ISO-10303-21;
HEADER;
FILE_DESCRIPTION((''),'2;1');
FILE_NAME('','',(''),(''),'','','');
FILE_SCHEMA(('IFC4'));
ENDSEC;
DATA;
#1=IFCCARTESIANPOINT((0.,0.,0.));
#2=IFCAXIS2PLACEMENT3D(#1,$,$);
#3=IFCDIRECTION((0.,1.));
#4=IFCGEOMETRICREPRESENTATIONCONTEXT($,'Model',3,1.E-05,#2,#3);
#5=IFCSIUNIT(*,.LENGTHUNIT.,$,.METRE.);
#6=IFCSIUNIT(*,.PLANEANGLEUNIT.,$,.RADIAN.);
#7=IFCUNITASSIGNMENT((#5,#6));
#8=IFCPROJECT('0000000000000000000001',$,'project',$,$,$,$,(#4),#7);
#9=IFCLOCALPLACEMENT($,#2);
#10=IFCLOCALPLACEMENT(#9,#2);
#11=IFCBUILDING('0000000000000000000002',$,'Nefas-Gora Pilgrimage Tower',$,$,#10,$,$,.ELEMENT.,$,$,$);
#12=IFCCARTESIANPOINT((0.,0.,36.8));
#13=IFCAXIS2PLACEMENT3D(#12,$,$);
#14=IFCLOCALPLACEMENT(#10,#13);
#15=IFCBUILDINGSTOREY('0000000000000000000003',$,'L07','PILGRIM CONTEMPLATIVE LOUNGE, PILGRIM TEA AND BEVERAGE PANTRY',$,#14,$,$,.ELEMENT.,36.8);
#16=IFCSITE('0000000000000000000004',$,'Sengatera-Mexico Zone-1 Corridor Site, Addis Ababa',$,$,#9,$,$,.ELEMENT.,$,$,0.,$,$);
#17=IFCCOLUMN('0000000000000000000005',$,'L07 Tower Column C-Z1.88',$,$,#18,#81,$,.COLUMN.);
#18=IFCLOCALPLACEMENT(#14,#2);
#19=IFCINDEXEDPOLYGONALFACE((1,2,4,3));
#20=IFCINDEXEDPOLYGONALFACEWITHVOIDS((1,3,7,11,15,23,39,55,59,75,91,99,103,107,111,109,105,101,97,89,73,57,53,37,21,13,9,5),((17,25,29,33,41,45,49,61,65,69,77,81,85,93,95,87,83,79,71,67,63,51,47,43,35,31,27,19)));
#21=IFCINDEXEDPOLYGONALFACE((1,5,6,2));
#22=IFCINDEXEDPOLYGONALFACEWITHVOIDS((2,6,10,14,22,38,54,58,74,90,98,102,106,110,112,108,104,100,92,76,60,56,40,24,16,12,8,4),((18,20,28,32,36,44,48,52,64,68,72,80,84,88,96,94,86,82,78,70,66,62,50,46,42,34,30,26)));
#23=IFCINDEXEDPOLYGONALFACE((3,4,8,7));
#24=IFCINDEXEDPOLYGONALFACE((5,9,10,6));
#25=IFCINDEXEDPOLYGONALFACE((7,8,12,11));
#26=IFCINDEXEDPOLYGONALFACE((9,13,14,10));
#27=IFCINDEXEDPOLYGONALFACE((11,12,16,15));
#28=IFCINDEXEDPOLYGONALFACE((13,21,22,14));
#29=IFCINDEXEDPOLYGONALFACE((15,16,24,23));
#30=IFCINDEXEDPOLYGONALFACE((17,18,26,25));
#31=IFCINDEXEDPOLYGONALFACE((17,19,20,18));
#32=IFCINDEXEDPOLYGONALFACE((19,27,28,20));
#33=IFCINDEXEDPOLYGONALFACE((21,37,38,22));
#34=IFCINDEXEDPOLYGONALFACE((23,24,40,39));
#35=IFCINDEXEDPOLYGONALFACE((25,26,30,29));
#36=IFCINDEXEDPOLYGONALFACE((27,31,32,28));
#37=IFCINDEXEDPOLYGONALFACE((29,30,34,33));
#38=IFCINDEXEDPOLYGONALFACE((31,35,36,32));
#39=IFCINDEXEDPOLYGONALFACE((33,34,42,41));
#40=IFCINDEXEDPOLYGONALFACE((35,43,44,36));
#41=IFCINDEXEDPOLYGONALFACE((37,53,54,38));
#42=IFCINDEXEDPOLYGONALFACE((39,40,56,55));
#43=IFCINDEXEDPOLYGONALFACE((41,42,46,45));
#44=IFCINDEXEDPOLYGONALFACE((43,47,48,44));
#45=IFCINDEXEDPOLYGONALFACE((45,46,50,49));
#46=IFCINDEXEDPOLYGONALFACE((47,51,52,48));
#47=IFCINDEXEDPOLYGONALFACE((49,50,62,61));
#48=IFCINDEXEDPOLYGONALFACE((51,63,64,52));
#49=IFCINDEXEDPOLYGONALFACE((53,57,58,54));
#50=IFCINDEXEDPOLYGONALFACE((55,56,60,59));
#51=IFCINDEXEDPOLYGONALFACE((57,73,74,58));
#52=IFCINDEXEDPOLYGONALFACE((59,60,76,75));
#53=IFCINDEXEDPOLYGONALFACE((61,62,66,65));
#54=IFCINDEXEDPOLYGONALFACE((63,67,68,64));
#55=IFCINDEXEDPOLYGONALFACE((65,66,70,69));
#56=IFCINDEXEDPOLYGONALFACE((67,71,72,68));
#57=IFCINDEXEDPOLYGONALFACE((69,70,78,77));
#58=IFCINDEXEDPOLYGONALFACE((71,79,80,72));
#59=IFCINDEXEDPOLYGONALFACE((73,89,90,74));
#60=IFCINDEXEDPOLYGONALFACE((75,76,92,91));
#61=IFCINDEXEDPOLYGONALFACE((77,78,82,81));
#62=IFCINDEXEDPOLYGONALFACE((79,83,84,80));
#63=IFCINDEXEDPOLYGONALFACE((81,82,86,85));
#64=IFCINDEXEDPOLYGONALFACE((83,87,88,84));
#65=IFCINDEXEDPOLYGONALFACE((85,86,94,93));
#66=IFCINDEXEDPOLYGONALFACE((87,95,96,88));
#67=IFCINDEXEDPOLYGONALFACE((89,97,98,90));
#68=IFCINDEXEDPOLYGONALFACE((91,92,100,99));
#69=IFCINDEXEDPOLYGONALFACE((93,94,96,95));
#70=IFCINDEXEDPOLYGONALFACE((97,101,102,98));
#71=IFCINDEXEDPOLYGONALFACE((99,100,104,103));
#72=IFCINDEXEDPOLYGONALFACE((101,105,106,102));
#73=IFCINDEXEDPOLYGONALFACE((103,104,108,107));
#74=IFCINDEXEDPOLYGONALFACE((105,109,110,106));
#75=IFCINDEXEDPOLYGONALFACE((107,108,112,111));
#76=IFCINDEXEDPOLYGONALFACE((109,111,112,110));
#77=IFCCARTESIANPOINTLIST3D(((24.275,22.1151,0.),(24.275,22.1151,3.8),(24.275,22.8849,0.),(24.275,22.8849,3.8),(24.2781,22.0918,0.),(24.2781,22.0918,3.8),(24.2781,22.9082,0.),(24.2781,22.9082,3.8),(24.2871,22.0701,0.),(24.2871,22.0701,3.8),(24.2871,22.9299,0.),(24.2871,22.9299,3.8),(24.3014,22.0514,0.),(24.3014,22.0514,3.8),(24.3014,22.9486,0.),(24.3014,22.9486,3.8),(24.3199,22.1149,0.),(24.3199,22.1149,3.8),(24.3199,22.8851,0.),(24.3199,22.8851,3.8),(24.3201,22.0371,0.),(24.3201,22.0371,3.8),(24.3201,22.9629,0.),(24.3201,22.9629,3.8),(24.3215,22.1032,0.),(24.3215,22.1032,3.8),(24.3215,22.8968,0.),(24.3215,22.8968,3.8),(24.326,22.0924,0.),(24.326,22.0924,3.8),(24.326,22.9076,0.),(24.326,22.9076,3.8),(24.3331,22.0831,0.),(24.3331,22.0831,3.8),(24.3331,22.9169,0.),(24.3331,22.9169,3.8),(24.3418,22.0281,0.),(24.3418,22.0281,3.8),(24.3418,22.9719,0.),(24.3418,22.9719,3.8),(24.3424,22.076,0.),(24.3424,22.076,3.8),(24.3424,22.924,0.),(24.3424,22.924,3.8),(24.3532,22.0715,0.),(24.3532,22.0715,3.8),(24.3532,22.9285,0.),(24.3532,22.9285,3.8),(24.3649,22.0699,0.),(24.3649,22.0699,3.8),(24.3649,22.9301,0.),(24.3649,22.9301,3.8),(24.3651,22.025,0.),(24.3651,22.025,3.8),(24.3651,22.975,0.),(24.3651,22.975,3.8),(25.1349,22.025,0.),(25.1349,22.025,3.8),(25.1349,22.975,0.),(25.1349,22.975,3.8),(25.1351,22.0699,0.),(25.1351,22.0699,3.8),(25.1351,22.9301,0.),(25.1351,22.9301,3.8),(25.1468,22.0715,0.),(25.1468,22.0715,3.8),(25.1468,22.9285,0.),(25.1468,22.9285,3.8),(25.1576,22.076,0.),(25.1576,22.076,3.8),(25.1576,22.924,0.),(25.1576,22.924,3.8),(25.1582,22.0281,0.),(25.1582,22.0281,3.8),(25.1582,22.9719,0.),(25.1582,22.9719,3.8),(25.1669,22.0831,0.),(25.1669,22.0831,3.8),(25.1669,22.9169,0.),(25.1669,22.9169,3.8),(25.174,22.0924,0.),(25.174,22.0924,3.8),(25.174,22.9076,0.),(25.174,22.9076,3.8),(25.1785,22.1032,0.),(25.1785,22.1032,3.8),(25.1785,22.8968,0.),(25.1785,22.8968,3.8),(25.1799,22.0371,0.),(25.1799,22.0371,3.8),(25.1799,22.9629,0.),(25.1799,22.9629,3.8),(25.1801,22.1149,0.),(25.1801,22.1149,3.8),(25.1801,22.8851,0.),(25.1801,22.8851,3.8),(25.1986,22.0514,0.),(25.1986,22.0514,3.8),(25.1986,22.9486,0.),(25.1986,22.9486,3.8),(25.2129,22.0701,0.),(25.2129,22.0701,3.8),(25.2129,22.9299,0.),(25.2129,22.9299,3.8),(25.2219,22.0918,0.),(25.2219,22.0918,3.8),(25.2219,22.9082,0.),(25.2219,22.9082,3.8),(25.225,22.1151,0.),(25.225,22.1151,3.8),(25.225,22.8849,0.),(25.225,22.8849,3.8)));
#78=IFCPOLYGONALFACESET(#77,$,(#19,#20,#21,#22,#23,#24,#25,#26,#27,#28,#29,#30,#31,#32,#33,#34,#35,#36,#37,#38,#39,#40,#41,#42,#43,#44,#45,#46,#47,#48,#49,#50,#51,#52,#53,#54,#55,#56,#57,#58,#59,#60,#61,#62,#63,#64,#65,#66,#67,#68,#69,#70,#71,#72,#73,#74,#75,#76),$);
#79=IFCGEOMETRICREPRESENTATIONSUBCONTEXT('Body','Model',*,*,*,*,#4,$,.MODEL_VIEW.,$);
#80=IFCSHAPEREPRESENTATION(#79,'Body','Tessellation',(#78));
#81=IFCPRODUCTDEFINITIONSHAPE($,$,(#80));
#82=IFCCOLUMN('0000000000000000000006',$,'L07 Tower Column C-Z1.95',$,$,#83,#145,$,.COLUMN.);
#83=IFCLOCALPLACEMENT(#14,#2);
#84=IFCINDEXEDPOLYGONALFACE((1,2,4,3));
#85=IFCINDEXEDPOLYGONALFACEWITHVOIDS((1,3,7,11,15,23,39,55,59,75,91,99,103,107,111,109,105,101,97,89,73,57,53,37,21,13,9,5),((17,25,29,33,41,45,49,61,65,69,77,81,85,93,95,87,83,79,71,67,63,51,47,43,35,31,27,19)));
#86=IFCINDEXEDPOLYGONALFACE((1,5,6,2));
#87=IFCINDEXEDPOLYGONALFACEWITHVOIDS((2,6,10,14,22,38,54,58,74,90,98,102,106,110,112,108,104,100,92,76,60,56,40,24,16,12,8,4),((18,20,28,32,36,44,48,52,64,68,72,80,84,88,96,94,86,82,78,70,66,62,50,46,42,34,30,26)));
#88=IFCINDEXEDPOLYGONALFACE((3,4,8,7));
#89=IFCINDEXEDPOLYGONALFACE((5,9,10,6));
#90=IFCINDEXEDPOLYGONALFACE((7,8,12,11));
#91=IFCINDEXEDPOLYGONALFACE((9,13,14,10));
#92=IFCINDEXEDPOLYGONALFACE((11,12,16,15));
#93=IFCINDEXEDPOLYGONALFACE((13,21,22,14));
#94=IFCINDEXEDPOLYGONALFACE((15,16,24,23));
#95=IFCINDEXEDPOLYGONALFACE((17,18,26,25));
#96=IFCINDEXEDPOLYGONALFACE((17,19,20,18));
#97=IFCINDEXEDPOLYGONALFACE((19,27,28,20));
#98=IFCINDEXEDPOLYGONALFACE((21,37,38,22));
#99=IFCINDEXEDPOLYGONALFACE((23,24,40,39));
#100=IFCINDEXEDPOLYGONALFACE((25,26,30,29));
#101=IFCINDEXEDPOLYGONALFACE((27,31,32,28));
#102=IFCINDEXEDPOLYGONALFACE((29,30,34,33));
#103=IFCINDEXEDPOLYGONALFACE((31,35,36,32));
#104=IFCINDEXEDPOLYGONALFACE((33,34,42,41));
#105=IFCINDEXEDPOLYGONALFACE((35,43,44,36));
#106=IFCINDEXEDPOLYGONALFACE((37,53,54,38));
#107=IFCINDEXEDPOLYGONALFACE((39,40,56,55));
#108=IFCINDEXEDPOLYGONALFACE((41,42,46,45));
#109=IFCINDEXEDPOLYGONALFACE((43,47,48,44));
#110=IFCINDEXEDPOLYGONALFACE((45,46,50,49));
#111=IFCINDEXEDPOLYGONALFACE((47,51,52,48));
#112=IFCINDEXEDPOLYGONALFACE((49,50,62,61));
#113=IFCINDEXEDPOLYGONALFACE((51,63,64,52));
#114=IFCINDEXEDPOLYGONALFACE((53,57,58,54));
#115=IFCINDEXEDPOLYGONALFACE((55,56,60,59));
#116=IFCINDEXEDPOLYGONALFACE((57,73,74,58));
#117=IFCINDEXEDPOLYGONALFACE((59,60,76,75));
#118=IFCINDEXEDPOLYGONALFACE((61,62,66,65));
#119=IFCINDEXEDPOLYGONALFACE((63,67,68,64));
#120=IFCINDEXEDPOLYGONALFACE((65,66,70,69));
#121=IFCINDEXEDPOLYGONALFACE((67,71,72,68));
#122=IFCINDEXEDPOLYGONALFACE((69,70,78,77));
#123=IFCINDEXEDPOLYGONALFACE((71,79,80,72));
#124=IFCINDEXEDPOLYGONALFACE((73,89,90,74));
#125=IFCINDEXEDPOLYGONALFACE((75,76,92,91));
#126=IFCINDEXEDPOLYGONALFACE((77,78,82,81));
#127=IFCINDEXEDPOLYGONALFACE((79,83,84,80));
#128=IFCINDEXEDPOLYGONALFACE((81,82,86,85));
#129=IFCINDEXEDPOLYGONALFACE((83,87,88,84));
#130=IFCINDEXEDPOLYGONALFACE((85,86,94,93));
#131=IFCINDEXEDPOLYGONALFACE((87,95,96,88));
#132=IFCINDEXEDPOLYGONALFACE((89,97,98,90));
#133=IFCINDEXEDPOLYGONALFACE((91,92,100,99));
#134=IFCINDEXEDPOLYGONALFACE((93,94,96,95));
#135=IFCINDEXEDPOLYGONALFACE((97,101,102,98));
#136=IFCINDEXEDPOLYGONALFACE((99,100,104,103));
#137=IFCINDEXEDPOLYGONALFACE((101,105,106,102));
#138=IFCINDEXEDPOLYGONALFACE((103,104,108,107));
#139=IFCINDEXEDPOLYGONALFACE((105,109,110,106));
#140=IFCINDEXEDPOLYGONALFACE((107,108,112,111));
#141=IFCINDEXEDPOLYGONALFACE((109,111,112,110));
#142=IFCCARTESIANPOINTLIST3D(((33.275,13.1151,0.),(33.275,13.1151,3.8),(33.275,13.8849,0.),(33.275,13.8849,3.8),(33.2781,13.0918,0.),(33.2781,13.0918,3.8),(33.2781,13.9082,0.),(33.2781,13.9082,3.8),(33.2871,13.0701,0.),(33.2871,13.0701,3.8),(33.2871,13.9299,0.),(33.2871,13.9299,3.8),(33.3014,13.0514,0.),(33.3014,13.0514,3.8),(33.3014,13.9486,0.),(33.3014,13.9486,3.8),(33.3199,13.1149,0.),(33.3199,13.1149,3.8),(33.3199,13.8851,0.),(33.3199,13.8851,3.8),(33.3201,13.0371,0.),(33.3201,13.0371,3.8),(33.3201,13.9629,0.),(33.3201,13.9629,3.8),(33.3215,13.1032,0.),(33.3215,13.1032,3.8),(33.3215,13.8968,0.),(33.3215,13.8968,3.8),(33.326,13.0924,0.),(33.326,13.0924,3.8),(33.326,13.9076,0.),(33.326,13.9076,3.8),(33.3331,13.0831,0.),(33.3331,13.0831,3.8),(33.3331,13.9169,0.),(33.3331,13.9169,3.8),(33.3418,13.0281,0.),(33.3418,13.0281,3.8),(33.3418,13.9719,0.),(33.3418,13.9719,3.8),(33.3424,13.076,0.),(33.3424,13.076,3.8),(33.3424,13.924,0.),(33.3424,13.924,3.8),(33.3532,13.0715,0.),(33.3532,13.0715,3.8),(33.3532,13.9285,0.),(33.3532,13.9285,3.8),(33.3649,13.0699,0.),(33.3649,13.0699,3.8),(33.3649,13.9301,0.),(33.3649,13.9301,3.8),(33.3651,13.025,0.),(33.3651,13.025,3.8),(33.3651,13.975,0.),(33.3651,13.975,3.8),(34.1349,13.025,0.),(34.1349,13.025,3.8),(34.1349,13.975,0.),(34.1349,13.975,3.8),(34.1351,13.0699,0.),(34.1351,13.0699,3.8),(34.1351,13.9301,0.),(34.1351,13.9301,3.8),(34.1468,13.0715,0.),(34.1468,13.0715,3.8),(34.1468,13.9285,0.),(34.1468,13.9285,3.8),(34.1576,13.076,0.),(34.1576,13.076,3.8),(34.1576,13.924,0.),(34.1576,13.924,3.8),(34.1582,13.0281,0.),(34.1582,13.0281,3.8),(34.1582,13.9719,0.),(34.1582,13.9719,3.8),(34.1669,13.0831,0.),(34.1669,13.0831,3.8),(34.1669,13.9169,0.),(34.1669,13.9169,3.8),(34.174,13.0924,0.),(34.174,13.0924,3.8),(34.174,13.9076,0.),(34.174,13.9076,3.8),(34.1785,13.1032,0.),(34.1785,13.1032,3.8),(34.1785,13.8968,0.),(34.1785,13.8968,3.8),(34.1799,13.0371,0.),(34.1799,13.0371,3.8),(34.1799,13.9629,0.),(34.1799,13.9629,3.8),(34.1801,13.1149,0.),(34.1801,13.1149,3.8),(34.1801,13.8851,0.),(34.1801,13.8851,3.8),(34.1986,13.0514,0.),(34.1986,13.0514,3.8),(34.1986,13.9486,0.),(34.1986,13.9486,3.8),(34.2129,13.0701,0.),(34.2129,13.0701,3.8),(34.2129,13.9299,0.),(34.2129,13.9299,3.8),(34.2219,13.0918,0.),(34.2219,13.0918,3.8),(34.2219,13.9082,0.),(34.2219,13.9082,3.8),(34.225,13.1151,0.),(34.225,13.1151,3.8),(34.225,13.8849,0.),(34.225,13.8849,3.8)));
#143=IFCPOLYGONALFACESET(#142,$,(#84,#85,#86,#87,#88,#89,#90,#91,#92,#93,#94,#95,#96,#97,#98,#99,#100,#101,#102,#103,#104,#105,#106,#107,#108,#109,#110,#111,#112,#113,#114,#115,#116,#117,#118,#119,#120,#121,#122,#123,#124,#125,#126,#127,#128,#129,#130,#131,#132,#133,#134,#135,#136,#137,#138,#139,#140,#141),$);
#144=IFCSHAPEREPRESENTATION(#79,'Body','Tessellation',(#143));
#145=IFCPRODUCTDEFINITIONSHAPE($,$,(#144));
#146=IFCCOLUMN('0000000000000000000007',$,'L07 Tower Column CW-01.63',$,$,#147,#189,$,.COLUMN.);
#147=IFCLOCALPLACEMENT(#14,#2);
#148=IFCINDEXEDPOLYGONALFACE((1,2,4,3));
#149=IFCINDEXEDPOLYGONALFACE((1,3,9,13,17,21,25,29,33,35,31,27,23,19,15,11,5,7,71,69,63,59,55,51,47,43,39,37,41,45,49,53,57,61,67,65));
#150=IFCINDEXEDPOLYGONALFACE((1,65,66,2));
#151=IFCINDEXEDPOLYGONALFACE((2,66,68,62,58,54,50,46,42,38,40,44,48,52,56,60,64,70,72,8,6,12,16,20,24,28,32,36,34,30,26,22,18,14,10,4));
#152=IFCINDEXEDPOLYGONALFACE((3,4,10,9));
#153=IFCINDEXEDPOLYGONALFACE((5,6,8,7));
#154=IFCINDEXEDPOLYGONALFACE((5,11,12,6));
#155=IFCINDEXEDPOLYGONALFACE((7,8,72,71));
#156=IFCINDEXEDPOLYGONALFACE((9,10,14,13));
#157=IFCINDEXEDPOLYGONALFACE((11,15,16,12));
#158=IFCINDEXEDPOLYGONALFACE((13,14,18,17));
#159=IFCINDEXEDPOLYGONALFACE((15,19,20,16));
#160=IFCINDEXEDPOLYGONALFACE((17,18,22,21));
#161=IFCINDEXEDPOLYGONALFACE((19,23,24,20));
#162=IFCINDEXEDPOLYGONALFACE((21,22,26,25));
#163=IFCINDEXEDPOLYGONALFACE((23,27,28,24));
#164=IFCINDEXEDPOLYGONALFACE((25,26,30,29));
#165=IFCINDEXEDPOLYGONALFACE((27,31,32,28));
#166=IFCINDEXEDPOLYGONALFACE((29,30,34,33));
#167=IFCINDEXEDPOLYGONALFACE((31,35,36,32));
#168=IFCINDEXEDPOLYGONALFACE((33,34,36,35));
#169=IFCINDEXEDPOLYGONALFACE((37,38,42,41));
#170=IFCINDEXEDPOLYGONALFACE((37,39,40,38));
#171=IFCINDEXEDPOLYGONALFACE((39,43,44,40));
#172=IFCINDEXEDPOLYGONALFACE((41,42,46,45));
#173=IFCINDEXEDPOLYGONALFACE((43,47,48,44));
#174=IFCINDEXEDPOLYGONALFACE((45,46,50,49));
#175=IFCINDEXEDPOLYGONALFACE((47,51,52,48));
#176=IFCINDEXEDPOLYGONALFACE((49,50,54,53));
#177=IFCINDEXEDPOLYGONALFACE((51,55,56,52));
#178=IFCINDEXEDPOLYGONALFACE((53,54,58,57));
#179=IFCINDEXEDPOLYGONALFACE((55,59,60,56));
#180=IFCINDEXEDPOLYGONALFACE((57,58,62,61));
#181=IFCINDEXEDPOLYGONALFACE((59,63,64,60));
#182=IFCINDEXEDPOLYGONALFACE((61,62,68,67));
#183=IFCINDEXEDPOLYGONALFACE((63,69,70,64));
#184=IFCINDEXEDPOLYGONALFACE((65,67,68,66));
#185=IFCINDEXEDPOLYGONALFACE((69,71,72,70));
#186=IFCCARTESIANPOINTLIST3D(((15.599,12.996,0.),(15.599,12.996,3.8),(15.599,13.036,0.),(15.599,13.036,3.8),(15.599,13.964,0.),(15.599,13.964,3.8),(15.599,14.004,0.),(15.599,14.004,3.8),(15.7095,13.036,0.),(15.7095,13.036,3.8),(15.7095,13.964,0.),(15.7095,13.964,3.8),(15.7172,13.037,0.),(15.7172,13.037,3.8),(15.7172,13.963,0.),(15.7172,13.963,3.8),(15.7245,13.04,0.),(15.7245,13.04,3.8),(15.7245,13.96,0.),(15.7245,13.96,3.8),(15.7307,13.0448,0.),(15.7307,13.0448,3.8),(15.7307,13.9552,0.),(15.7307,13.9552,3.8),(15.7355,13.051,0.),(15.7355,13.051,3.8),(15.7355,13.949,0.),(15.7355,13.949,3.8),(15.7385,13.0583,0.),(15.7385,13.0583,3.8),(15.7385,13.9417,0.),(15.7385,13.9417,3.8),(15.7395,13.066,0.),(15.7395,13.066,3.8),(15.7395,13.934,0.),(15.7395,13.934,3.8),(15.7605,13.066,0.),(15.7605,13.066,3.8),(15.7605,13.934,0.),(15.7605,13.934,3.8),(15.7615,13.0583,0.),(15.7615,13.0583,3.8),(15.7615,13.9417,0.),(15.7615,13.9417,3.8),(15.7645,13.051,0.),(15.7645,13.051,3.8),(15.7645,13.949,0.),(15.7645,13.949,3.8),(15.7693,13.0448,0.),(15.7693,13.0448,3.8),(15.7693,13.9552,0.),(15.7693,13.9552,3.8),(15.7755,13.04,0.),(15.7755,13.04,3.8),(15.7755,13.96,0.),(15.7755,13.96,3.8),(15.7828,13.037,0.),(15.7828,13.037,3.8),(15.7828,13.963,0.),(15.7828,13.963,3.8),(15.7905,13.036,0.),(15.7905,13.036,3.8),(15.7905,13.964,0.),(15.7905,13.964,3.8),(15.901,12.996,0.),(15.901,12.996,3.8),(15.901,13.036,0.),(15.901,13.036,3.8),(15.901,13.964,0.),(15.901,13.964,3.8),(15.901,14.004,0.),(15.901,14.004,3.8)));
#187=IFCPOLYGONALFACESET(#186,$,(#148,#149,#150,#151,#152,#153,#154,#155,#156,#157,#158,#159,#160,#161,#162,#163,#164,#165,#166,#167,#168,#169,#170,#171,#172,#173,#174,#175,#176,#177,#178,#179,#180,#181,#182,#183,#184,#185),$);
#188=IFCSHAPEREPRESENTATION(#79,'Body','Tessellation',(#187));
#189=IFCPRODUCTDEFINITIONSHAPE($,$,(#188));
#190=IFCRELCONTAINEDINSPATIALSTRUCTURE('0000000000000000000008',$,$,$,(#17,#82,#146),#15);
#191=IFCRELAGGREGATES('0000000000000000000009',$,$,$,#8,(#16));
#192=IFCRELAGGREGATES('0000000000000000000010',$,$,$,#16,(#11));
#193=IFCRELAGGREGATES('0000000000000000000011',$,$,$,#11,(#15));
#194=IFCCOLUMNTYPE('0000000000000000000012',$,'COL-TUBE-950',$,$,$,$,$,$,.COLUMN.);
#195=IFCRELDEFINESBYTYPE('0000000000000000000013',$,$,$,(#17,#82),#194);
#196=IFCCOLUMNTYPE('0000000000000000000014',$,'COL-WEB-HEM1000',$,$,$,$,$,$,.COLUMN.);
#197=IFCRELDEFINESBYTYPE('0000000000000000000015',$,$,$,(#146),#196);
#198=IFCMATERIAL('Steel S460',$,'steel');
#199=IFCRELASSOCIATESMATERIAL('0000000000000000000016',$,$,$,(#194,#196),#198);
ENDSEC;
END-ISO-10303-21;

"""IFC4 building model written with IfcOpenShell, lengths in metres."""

from ifc_helpers import new_model, si_unit, direction, frame, origin, origin_2d, place, context, subcontext, project, spatial, hollow_rectangle, i_section, extrude, source, transform, mapped, material, material_profile, profile_set, type_object, element, save


model = new_model("IFC4")

# Units and contexts
model_context = context("Model", 3, precision=1e-05, world=origin(), true_north=direction((0.0, 1.0)))
body_context = subcontext(model_context, "Body", "Model", "MODEL_VIEW")
ifc_project = project(units=[si_unit("LENGTHUNIT", "METRE"), si_unit("PLANEANGLEUNIT", "RADIAN")], contexts=[model_context])

# Site, building, storey
site_placement = place(None, origin())
site = spatial("IfcSite", under=ifc_project, at=site_placement, Name="Sengatera-Mexico Zone-1 Corridor Site, Addis Ababa", CompositionType="ELEMENT", RefElevation=0.0)
building_placement = place(site_placement, origin())
building = spatial("IfcBuilding", under=site, at=building_placement, Name="Nefas-Gora Pilgrimage Tower", CompositionType="ELEMENT")
storey_placement = place(building_placement, frame((0.0, 0.0, 36.8)))
storey = spatial("IfcBuildingStorey", under=building, at=storey_placement, Name="L07", Description="PILGRIM CONTEMPLATIVE LOUNGE, PILGRIM TEA AND BEVERAGE PANTRY", CompositionType="ELEMENT", Elevation=36.8)

# Columns
ifc_material_1 = material(Name="Steel S460", Category="steel")
ifc_material_profile_1 = material_profile(ifc_material_1, hollow_rectangle(XDim=0.95, YDim=0.95, WallThickness=0.0449, InnerFilletRadius=0.0449, OuterFilletRadius=0.0901, at=origin_2d()), Name="BOX 950x950x45")
ifc_profile_set_1 = profile_set([ifc_material_profile_1], Name="Steel S460")
column_type_1 = type_object("IfcColumnType", Name="COL-TUBE-950", PredefinedType="COLUMN", material=ifc_profile_set_1)
shared_shape_1 = source(origin(), body_context, "Body", "SweptSolid", [
    extrude(hollow_rectangle(XDim=0.95, YDim=0.95, WallThickness=0.0449, InnerFilletRadius=0.0449, OuterFilletRadius=0.0901, at=origin_2d()), origin(), (0.0, 0.0, 1.0), 3.8),
])
for number, where, z_axis, x_axis, name in (
    (1, (24.75, 22.5, 0.0), (0.0, 0.0, 1.0), (1.0, 0.0, 0.0), "L07 Tower Column C-Z1.88"),
    (2, (33.75, 13.5, 0.0), (0.0, 0.0, 1.0), (1.0, 0.0, 0.0), "L07 Tower Column C-Z1.95"),
):
    element("IfcColumn", number, at=place(storey_placement, frame(where, z_axis=z_axis, x_axis=x_axis)), inside=storey, type_object=column_type_1, Name=name, PredefinedType="COLUMN", context=body_context, shape_type="MappedRepresentation", body=[
        mapped(shared_shape_1, transform((0.0, 0.0, 0.0), x_axis=(1.0, 0.0, 0.0), y_axis=(0.0, 1.0, 0.0), z_axis=(0.0, 0.0, 1.0), scale=1.0)),
    ])
ifc_material_profile_2 = material_profile(ifc_material_1, i_section(OverallWidth=0.302, OverallDepth=1.0081, WebThickness=0.021, FlangeThickness=0.04, FilletRadius=0.03, at=origin_2d()), Name="HEM 1000")
ifc_profile_set_2 = profile_set([ifc_material_profile_2], Name="Steel S460")
column_type_2 = type_object("IfcColumnType", Name="COL-WEB-HEM1000", PredefinedType="COLUMN", material=ifc_profile_set_2)
shared_shape_2 = source(origin(), body_context, "Body", "SweptSolid", [
    extrude(i_section(OverallWidth=0.302, OverallDepth=1.0081, WebThickness=0.021, FlangeThickness=0.04, FilletRadius=0.03, at=origin_2d()), origin(), (0.0, 0.0, 1.0), 3.8),
])
for number, where, z_axis, x_axis, name in (
    (3, (15.75, 13.5, 0.0), (0.0, 0.0, 1.0), (1.0, 0.0, 0.0), "L07 Tower Column CW-01.63"),
):
    element("IfcColumn", number, at=place(storey_placement, frame(where, z_axis=z_axis, x_axis=x_axis)), inside=storey, type_object=column_type_2, Name=name, PredefinedType="COLUMN", context=body_context, shape_type="MappedRepresentation", body=[
        mapped(shared_shape_2, transform((0.0, 0.0, 0.0), x_axis=(1.0, 0.0, 0.0), y_axis=(0.0, 1.0, 0.0), z_axis=(0.0, 0.0, 1.0), scale=1.0)),
    ])

save(model, "model.ifc")
